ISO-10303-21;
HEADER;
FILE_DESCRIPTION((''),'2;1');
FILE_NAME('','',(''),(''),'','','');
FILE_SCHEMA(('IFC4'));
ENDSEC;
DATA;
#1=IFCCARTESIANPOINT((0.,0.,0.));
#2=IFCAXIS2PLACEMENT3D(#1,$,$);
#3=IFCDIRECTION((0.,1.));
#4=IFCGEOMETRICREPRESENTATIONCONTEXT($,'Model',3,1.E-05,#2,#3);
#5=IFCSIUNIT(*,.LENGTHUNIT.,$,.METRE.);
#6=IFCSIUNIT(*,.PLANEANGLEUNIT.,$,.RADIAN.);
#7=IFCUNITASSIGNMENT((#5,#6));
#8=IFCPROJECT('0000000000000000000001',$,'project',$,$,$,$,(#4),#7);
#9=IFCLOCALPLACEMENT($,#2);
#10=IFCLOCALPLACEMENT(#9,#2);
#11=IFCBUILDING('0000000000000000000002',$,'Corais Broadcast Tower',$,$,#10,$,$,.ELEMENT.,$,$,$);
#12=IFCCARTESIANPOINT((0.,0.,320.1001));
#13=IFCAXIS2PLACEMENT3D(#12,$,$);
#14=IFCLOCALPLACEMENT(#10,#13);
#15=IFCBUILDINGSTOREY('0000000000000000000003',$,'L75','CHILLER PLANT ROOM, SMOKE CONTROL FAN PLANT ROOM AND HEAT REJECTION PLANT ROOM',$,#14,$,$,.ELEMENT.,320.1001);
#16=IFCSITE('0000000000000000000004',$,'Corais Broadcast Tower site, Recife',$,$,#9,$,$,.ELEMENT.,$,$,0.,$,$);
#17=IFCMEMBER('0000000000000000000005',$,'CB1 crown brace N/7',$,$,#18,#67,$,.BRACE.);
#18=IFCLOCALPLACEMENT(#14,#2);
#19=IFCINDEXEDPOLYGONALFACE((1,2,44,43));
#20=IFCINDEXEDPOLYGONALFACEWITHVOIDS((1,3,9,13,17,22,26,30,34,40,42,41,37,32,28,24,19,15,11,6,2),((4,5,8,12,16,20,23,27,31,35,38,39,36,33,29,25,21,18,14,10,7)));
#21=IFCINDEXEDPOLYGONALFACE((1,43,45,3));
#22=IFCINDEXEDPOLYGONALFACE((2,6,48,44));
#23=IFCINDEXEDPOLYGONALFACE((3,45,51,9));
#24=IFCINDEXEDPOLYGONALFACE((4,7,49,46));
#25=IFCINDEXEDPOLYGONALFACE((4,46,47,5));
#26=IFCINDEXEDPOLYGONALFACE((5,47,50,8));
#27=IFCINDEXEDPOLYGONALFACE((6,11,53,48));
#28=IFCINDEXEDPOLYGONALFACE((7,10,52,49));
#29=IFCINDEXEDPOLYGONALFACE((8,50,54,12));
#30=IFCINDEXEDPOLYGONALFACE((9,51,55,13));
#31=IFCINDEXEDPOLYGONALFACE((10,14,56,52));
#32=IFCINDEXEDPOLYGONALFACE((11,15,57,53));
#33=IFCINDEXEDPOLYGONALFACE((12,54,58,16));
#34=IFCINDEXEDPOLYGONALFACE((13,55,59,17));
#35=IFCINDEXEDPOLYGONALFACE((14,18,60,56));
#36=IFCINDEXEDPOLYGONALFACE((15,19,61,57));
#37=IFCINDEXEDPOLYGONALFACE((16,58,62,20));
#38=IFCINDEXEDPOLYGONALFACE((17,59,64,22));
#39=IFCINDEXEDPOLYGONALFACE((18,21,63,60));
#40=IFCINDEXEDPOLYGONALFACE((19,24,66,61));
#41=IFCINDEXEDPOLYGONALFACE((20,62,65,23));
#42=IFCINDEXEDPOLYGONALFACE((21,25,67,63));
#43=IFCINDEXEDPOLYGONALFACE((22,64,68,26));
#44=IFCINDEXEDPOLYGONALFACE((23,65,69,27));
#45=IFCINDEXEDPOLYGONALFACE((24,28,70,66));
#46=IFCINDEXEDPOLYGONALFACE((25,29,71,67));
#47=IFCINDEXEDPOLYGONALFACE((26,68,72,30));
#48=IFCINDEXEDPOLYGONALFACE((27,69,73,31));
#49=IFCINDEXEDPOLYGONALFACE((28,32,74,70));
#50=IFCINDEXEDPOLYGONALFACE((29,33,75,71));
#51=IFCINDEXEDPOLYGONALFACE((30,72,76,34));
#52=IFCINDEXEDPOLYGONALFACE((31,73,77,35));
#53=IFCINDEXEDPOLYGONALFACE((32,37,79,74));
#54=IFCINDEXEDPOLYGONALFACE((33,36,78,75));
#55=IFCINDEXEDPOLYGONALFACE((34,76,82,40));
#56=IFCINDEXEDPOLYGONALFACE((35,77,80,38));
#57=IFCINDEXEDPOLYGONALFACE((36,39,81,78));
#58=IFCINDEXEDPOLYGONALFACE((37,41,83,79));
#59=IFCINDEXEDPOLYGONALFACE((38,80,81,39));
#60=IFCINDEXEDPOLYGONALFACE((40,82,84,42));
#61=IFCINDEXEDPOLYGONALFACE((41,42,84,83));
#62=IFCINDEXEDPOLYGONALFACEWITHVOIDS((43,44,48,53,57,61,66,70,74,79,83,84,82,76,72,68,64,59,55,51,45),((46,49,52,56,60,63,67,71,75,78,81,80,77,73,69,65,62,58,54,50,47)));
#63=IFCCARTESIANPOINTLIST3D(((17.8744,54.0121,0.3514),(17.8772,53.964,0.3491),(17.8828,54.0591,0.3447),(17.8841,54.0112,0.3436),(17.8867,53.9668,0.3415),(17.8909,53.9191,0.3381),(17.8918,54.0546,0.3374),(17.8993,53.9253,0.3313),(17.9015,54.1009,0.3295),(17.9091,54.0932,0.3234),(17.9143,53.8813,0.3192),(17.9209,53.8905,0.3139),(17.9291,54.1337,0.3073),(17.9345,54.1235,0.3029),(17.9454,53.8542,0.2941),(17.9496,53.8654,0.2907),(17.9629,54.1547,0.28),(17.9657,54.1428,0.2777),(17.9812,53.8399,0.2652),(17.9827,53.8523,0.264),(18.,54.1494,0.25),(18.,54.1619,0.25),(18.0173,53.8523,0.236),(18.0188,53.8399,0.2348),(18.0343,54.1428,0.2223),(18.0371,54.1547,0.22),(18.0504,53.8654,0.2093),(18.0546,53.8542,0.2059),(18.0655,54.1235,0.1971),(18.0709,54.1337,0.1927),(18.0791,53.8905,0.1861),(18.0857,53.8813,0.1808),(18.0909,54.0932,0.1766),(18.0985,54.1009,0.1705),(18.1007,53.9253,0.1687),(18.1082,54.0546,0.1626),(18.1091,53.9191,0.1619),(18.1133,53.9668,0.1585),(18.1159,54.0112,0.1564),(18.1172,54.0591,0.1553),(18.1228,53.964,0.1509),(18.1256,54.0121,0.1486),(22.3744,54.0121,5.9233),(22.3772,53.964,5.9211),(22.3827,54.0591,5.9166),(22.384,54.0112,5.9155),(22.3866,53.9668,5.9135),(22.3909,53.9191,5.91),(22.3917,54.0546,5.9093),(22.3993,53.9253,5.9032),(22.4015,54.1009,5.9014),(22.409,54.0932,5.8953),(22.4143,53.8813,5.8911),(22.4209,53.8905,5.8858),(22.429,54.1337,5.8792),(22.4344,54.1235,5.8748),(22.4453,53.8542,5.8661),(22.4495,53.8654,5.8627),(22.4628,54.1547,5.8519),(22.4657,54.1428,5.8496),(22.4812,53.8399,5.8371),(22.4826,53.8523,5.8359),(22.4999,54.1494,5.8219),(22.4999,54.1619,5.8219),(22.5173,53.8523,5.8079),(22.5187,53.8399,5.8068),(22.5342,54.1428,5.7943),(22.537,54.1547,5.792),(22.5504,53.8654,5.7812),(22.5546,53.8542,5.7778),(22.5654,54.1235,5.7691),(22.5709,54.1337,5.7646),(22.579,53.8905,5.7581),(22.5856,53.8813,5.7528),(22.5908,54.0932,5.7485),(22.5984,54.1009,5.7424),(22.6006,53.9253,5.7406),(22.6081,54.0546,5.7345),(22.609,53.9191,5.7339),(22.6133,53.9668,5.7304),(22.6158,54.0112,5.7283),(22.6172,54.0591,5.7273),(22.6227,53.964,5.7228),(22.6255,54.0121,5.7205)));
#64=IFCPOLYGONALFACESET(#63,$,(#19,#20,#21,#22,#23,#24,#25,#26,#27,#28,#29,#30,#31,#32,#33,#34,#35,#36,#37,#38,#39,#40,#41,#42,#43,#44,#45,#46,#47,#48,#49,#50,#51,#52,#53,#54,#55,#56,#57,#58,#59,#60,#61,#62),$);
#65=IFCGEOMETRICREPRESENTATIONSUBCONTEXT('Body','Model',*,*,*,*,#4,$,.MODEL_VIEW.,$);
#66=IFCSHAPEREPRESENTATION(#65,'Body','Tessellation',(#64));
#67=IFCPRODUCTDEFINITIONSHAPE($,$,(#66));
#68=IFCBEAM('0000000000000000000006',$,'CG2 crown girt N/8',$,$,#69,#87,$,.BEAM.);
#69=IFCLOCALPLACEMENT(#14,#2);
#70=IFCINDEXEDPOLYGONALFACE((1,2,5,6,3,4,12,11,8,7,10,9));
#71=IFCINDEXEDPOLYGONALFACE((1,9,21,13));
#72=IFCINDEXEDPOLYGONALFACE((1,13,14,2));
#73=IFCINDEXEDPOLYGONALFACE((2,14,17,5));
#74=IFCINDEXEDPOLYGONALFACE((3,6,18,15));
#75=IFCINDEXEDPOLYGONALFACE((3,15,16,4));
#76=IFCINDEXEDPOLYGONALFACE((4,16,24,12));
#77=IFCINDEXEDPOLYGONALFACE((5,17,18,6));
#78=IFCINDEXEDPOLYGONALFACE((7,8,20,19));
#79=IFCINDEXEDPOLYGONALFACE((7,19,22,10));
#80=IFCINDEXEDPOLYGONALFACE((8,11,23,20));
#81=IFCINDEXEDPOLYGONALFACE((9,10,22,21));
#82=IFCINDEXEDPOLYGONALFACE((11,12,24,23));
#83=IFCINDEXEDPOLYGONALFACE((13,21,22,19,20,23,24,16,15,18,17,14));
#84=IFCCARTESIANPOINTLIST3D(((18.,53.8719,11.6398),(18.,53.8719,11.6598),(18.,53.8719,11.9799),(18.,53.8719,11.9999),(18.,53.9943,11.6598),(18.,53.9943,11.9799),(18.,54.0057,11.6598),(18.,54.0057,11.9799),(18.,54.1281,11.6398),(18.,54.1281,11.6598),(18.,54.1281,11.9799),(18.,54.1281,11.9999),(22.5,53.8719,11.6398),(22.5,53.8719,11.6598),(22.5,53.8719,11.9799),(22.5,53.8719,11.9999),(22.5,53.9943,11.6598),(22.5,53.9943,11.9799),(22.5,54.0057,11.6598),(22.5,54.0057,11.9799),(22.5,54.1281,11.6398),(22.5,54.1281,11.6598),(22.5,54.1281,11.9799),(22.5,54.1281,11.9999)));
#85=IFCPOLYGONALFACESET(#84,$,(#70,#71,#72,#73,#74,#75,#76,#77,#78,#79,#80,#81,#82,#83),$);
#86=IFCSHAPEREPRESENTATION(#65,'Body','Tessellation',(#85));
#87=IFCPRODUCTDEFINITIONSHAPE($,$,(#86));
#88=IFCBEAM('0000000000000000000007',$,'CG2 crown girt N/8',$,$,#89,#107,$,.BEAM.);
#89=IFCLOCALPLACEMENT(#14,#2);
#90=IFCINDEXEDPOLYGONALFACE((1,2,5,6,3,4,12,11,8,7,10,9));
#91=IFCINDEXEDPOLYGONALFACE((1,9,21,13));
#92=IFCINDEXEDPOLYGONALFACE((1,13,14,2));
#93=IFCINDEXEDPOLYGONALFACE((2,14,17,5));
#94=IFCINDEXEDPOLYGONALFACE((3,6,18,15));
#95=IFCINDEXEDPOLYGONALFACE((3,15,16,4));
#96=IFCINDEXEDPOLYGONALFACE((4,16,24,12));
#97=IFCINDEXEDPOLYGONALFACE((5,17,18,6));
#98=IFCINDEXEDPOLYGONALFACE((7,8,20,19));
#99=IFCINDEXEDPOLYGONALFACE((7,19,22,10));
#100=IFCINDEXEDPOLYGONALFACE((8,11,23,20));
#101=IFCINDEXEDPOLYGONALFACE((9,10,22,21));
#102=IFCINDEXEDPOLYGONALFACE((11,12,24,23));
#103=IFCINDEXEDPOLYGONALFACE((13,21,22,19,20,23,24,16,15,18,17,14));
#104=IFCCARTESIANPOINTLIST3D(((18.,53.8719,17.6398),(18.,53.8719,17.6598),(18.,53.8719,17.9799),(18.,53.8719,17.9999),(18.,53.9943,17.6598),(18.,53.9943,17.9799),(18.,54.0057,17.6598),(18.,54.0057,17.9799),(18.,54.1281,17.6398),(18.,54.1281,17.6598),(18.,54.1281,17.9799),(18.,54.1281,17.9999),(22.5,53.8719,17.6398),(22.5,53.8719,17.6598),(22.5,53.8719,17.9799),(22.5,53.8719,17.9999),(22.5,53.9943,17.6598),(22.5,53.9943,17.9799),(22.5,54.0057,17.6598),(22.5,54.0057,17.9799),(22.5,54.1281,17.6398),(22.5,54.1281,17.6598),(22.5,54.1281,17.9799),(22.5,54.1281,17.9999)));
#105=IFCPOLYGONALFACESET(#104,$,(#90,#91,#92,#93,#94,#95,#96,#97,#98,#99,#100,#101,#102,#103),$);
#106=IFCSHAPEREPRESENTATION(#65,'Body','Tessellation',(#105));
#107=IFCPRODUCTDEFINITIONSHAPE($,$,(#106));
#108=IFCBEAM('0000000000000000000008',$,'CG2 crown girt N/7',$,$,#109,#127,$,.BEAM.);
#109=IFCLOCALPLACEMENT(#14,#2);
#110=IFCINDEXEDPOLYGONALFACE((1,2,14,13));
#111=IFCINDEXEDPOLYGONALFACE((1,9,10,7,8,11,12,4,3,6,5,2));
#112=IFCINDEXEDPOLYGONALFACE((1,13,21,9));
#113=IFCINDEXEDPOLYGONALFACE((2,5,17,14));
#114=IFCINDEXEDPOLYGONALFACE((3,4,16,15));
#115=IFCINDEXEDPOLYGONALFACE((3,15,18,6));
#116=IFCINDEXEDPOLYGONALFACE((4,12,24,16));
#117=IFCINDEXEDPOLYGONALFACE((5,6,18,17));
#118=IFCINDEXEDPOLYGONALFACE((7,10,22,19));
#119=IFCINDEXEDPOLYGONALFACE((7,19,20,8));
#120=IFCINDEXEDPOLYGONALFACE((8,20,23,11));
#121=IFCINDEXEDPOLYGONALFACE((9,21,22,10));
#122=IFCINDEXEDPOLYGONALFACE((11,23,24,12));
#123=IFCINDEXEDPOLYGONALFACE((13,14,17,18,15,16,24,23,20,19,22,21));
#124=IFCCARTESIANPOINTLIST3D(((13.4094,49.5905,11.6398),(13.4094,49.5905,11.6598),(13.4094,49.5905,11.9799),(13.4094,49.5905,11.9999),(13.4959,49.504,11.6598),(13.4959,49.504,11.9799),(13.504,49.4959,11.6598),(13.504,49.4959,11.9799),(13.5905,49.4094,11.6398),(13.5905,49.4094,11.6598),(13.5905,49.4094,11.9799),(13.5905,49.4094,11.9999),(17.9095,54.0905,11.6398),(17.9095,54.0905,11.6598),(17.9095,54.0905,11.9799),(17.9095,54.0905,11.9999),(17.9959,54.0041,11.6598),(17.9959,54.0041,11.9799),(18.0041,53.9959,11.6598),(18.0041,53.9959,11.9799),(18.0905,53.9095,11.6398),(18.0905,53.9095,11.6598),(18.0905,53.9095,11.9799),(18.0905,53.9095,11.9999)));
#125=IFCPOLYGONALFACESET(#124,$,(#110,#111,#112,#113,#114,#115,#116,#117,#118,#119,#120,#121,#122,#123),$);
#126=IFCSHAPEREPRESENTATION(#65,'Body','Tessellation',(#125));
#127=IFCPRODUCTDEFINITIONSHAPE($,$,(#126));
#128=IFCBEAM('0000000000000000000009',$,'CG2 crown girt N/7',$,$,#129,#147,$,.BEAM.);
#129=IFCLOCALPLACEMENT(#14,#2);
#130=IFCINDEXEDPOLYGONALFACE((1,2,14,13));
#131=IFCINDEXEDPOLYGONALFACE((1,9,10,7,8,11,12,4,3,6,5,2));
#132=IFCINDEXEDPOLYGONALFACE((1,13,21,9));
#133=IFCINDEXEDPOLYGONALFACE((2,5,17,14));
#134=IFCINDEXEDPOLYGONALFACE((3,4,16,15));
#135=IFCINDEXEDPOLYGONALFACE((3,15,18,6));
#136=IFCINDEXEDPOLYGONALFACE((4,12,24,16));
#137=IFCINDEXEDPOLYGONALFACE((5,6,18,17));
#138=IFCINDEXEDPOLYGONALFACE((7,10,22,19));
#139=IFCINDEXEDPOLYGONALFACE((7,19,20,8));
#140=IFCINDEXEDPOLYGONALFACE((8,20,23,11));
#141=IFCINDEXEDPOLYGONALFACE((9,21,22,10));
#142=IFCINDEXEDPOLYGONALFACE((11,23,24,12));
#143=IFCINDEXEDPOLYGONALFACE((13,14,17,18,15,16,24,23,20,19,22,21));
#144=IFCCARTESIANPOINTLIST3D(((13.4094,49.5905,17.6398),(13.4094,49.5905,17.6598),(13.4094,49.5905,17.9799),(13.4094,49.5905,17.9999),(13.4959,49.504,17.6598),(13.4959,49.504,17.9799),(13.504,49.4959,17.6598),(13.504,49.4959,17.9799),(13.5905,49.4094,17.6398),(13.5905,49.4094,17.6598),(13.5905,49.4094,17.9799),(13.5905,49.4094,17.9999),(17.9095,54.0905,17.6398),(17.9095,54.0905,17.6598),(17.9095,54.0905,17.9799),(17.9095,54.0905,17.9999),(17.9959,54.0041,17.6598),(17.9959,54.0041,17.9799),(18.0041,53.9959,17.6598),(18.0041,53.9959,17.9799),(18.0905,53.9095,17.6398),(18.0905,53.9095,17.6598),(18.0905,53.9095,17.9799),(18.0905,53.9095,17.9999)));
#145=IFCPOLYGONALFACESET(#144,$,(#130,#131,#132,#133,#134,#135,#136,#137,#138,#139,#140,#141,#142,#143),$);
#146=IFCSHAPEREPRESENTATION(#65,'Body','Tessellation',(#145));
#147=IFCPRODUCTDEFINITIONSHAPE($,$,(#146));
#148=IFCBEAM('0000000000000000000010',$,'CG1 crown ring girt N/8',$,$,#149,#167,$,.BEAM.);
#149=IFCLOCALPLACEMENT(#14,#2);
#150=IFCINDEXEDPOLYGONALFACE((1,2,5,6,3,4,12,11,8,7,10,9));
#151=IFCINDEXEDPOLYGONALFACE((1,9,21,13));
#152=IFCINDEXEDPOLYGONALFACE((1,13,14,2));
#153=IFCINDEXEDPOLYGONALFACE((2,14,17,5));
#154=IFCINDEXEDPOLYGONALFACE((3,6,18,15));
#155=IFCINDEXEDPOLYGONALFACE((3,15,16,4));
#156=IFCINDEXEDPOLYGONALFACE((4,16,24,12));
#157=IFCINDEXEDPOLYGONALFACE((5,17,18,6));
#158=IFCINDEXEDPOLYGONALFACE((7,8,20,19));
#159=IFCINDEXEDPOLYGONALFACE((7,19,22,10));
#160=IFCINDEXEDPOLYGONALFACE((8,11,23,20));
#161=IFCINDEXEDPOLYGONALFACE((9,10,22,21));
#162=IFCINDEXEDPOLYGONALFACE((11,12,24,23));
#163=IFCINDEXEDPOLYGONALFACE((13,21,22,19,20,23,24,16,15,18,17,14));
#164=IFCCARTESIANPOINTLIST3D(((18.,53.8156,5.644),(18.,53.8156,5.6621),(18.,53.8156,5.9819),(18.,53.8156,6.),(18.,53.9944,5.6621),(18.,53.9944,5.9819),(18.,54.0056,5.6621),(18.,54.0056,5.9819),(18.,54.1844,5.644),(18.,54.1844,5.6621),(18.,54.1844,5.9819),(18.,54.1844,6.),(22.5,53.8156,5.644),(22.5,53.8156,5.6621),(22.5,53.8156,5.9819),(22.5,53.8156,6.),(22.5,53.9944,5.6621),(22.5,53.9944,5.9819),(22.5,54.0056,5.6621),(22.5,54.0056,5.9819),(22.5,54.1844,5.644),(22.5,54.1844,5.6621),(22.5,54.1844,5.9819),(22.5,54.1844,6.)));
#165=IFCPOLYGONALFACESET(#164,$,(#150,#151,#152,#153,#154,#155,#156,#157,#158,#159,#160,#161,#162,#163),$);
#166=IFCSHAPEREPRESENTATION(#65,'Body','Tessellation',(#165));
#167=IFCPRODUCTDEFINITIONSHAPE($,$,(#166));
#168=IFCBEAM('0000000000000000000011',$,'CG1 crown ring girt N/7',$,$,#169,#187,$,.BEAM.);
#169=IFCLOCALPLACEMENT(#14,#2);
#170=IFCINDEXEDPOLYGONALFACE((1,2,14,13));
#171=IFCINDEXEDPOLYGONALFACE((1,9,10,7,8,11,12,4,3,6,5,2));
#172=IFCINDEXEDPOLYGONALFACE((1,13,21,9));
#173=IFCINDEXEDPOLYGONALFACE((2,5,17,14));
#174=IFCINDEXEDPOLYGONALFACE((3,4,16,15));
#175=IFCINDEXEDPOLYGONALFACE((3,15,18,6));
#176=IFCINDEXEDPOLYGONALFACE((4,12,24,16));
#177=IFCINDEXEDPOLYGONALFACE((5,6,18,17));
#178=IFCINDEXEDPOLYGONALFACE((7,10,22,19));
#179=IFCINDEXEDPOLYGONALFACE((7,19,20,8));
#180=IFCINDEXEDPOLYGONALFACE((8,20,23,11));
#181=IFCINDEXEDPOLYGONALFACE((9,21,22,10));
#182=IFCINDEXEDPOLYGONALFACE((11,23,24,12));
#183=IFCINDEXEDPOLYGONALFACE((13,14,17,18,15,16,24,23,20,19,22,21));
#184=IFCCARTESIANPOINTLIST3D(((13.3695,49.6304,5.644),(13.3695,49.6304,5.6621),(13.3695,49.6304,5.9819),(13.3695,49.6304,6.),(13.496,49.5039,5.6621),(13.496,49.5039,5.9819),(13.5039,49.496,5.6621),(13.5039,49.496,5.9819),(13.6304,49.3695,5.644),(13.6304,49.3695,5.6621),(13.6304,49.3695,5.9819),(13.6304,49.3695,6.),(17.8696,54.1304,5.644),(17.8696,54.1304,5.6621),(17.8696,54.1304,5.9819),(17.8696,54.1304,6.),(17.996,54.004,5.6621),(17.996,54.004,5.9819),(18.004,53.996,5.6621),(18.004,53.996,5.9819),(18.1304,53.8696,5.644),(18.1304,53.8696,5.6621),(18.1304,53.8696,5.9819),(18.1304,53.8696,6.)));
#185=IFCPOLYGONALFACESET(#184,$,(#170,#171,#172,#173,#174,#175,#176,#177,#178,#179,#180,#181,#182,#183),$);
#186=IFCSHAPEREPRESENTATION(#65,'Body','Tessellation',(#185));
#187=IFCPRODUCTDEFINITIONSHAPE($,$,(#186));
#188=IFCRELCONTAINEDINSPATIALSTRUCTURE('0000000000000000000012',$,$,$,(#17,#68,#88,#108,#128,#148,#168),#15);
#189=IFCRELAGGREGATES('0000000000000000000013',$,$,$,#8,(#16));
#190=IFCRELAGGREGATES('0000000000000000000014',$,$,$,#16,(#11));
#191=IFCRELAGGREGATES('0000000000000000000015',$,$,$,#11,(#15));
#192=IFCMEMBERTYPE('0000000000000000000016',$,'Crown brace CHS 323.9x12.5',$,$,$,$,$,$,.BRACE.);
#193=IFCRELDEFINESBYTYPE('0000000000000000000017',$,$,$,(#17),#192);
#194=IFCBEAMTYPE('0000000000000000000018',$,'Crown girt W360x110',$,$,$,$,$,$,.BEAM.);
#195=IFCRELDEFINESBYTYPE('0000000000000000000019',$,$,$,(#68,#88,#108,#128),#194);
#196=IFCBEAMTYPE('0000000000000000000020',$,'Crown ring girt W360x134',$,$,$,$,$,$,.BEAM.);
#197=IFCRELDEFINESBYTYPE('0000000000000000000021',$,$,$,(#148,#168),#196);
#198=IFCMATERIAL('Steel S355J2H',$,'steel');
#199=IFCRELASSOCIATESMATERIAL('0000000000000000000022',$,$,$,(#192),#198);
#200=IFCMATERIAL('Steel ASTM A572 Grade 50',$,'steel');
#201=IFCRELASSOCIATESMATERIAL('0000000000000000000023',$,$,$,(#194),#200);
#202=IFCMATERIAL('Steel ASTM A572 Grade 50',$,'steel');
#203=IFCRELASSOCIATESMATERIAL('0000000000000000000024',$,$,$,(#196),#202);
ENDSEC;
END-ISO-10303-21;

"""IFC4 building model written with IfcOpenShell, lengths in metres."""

from ifc_helpers import new_model, si_unit, direction, frame, origin, origin_2d, place, context, subcontext, project, spatial, hollow_circle, i_section, extrude, material, material_profile, profile_set, type_object, element, save


model = new_model("IFC4")

# Units and contexts
model_context = context("Model", 3, precision=1e-05, world=origin(), true_north=direction((0.0, 1.0)))
body_context = subcontext(model_context, "Body", "Model", "MODEL_VIEW")
ifc_project = project(units=[si_unit("LENGTHUNIT", "METRE"), si_unit("PLANEANGLEUNIT", "RADIAN")], contexts=[model_context])

# Site, building, storey
site_placement = place(None, origin())
site = spatial("IfcSite", under=ifc_project, at=site_placement, Name="Corais Broadcast Tower site, Recife", CompositionType="ELEMENT", RefElevation=0.0)
building_placement = place(site_placement, origin())
building = spatial("IfcBuilding", under=site, at=building_placement, Name="Corais Broadcast Tower", CompositionType="ELEMENT")
storey_placement = place(building_placement, frame((0.0, 0.0, 320.1001)))
storey = spatial("IfcBuildingStorey", under=building, at=storey_placement, Name="L75", Description="CHILLER PLANT ROOM, SMOKE CONTROL FAN PLANT ROOM AND HEAT REJECTION PLANT ROOM", CompositionType="ELEMENT", Elevation=320.1001)

# Member
ifc_material_1 = material(Name="Steel S355J2H", Category="steel")
ifc_material_profile_1 = material_profile(ifc_material_1, hollow_circle(Radius=0.1619, WallThickness=0.0125, at=origin_2d()), Name="CHS 323.9x12.5")
ifc_profile_set_1 = profile_set([ifc_material_profile_1], Name="Steel S355J2H")
member_type_1 = type_object("IfcMemberType", Name="Crown brace CHS 323.9x12.5", PredefinedType="BRACE", material=ifc_profile_set_1)
for number, where, z_axis, x_axis, name in (
    (1, (18.0, 54.0, 0.25), (0.628297, 0.0, 0.777974), (0.0, 1.0, 0.0), "CB1 crown brace N/7"),
):
    element("IfcMember", number, at=place(storey_placement, frame(where, z_axis=z_axis, x_axis=x_axis)), inside=storey, type_object=member_type_1, Name=name, PredefinedType="BRACE", context=body_context, shape_type="SweptSolid", body=[
        extrude(hollow_circle(Radius=0.1619, WallThickness=0.0125, at=origin_2d()), origin(), (0.0, 0.0, 1.0), 7.1621),
    ])

# Beams
ifc_material_2 = material(Name="Steel ASTM A572 Grade 50", Category="steel")
ifc_material_profile_2 = material_profile(ifc_material_2, i_section(OverallWidth=0.2561, OverallDepth=0.3601, WebThickness=0.0115, FlangeThickness=0.02, at=origin_2d()), Name="W360x110")
ifc_profile_set_2 = profile_set([ifc_material_profile_2], Name="Steel ASTM A572 Grade 50")
beam_type_1 = type_object("IfcBeamType", Name="Crown girt W360x110", PredefinedType="BEAM", material=ifc_profile_set_2)
for number, where, z_axis, x_axis, name in (
    (2, (22.5, 54.0, 11.8198), (-1.0, 0.0, 0.0), (0.0, -1.0, 0.0), "CG2 crown girt N/8"),
    (3, (22.5, 54.0, 17.8198), (-1.0, 0.0, 0.0), (0.0, -1.0, 0.0), "CG2 crown girt N/8"),
):
    element("IfcBeam", number, at=place(storey_placement, frame(where, z_axis=z_axis, x_axis=x_axis)), inside=storey, type_object=beam_type_1, Name=name, PredefinedType="BEAM", context=body_context, shape_type="SweptSolid", body=[
        extrude(i_section(OverallWidth=0.2561, OverallDepth=0.3601, WebThickness=0.0115, FlangeThickness=0.02, at=origin_2d()), origin(), (0.0, 0.0, 1.0), 4.5),
    ])
for number, where, z_axis, x_axis, name in (
    (4, (18.0, 54.0, 11.8198), (-0.707107, -0.707107, 0.0), (0.707107, -0.707107, 0.0), "CG2 crown girt N/7"),
    (5, (18.0, 54.0, 17.8198), (-0.707107, -0.707107, 0.0), (0.707107, -0.707107, 0.0), "CG2 crown girt N/7"),
):
    element("IfcBeam", number, at=place(storey_placement, frame(where, z_axis=z_axis, x_axis=x_axis)), inside=storey, type_object=beam_type_1, Name=name, PredefinedType="BEAM", context=body_context, shape_type="SweptSolid", body=[
        extrude(i_section(OverallWidth=0.2561, OverallDepth=0.3601, WebThickness=0.0115, FlangeThickness=0.02, at=origin_2d()), origin(), (0.0, 0.0, 1.0), 6.364),
    ])
ifc_material_3 = material(Name="Steel ASTM A572 Grade 50", Category="steel")
ifc_material_profile_3 = material_profile(ifc_material_3, i_section(OverallWidth=0.3689, OverallDepth=0.356, WebThickness=0.0112, FlangeThickness=0.0181, at=origin_2d()), Name="W360x134")
ifc_profile_set_3 = profile_set([ifc_material_profile_3], Name="Steel ASTM A572 Grade 50")
beam_type_2 = type_object("IfcBeamType", Name="Crown ring girt W360x134", PredefinedType="BEAM", material=ifc_profile_set_3)
beam_1_placement = place(storey_placement, frame((22.5, 54.0, 5.822), z_axis=(-1.0, 0.0, 0.0), x_axis=(0.0, -1.0, 0.0)))
element("IfcBeam", 6, at=beam_1_placement, inside=storey, type_object=beam_type_2, Name="CG1 crown ring girt N/8", PredefinedType="BEAM", context=body_context, shape_type="SweptSolid", body=[
    extrude(i_section(OverallWidth=0.3689, OverallDepth=0.356, WebThickness=0.0112, FlangeThickness=0.0181, at=origin_2d()), origin(), (0.0, 0.0, 1.0), 4.5),
])
beam_2_placement = place(storey_placement, frame((18.0, 54.0, 5.822), z_axis=(-0.707107, -0.707107, 0.0), x_axis=(0.707107, -0.707107, 0.0)))
element("IfcBeam", 7, at=beam_2_placement, inside=storey, type_object=beam_type_2, Name="CG1 crown ring girt N/7", PredefinedType="BEAM", context=body_context, shape_type="SweptSolid", body=[
    extrude(i_section(OverallWidth=0.3689, OverallDepth=0.356, WebThickness=0.0112, FlangeThickness=0.0181, at=origin_2d()), origin(), (0.0, 0.0, 1.0), 6.364),
])

save(model, "model.ifc")
